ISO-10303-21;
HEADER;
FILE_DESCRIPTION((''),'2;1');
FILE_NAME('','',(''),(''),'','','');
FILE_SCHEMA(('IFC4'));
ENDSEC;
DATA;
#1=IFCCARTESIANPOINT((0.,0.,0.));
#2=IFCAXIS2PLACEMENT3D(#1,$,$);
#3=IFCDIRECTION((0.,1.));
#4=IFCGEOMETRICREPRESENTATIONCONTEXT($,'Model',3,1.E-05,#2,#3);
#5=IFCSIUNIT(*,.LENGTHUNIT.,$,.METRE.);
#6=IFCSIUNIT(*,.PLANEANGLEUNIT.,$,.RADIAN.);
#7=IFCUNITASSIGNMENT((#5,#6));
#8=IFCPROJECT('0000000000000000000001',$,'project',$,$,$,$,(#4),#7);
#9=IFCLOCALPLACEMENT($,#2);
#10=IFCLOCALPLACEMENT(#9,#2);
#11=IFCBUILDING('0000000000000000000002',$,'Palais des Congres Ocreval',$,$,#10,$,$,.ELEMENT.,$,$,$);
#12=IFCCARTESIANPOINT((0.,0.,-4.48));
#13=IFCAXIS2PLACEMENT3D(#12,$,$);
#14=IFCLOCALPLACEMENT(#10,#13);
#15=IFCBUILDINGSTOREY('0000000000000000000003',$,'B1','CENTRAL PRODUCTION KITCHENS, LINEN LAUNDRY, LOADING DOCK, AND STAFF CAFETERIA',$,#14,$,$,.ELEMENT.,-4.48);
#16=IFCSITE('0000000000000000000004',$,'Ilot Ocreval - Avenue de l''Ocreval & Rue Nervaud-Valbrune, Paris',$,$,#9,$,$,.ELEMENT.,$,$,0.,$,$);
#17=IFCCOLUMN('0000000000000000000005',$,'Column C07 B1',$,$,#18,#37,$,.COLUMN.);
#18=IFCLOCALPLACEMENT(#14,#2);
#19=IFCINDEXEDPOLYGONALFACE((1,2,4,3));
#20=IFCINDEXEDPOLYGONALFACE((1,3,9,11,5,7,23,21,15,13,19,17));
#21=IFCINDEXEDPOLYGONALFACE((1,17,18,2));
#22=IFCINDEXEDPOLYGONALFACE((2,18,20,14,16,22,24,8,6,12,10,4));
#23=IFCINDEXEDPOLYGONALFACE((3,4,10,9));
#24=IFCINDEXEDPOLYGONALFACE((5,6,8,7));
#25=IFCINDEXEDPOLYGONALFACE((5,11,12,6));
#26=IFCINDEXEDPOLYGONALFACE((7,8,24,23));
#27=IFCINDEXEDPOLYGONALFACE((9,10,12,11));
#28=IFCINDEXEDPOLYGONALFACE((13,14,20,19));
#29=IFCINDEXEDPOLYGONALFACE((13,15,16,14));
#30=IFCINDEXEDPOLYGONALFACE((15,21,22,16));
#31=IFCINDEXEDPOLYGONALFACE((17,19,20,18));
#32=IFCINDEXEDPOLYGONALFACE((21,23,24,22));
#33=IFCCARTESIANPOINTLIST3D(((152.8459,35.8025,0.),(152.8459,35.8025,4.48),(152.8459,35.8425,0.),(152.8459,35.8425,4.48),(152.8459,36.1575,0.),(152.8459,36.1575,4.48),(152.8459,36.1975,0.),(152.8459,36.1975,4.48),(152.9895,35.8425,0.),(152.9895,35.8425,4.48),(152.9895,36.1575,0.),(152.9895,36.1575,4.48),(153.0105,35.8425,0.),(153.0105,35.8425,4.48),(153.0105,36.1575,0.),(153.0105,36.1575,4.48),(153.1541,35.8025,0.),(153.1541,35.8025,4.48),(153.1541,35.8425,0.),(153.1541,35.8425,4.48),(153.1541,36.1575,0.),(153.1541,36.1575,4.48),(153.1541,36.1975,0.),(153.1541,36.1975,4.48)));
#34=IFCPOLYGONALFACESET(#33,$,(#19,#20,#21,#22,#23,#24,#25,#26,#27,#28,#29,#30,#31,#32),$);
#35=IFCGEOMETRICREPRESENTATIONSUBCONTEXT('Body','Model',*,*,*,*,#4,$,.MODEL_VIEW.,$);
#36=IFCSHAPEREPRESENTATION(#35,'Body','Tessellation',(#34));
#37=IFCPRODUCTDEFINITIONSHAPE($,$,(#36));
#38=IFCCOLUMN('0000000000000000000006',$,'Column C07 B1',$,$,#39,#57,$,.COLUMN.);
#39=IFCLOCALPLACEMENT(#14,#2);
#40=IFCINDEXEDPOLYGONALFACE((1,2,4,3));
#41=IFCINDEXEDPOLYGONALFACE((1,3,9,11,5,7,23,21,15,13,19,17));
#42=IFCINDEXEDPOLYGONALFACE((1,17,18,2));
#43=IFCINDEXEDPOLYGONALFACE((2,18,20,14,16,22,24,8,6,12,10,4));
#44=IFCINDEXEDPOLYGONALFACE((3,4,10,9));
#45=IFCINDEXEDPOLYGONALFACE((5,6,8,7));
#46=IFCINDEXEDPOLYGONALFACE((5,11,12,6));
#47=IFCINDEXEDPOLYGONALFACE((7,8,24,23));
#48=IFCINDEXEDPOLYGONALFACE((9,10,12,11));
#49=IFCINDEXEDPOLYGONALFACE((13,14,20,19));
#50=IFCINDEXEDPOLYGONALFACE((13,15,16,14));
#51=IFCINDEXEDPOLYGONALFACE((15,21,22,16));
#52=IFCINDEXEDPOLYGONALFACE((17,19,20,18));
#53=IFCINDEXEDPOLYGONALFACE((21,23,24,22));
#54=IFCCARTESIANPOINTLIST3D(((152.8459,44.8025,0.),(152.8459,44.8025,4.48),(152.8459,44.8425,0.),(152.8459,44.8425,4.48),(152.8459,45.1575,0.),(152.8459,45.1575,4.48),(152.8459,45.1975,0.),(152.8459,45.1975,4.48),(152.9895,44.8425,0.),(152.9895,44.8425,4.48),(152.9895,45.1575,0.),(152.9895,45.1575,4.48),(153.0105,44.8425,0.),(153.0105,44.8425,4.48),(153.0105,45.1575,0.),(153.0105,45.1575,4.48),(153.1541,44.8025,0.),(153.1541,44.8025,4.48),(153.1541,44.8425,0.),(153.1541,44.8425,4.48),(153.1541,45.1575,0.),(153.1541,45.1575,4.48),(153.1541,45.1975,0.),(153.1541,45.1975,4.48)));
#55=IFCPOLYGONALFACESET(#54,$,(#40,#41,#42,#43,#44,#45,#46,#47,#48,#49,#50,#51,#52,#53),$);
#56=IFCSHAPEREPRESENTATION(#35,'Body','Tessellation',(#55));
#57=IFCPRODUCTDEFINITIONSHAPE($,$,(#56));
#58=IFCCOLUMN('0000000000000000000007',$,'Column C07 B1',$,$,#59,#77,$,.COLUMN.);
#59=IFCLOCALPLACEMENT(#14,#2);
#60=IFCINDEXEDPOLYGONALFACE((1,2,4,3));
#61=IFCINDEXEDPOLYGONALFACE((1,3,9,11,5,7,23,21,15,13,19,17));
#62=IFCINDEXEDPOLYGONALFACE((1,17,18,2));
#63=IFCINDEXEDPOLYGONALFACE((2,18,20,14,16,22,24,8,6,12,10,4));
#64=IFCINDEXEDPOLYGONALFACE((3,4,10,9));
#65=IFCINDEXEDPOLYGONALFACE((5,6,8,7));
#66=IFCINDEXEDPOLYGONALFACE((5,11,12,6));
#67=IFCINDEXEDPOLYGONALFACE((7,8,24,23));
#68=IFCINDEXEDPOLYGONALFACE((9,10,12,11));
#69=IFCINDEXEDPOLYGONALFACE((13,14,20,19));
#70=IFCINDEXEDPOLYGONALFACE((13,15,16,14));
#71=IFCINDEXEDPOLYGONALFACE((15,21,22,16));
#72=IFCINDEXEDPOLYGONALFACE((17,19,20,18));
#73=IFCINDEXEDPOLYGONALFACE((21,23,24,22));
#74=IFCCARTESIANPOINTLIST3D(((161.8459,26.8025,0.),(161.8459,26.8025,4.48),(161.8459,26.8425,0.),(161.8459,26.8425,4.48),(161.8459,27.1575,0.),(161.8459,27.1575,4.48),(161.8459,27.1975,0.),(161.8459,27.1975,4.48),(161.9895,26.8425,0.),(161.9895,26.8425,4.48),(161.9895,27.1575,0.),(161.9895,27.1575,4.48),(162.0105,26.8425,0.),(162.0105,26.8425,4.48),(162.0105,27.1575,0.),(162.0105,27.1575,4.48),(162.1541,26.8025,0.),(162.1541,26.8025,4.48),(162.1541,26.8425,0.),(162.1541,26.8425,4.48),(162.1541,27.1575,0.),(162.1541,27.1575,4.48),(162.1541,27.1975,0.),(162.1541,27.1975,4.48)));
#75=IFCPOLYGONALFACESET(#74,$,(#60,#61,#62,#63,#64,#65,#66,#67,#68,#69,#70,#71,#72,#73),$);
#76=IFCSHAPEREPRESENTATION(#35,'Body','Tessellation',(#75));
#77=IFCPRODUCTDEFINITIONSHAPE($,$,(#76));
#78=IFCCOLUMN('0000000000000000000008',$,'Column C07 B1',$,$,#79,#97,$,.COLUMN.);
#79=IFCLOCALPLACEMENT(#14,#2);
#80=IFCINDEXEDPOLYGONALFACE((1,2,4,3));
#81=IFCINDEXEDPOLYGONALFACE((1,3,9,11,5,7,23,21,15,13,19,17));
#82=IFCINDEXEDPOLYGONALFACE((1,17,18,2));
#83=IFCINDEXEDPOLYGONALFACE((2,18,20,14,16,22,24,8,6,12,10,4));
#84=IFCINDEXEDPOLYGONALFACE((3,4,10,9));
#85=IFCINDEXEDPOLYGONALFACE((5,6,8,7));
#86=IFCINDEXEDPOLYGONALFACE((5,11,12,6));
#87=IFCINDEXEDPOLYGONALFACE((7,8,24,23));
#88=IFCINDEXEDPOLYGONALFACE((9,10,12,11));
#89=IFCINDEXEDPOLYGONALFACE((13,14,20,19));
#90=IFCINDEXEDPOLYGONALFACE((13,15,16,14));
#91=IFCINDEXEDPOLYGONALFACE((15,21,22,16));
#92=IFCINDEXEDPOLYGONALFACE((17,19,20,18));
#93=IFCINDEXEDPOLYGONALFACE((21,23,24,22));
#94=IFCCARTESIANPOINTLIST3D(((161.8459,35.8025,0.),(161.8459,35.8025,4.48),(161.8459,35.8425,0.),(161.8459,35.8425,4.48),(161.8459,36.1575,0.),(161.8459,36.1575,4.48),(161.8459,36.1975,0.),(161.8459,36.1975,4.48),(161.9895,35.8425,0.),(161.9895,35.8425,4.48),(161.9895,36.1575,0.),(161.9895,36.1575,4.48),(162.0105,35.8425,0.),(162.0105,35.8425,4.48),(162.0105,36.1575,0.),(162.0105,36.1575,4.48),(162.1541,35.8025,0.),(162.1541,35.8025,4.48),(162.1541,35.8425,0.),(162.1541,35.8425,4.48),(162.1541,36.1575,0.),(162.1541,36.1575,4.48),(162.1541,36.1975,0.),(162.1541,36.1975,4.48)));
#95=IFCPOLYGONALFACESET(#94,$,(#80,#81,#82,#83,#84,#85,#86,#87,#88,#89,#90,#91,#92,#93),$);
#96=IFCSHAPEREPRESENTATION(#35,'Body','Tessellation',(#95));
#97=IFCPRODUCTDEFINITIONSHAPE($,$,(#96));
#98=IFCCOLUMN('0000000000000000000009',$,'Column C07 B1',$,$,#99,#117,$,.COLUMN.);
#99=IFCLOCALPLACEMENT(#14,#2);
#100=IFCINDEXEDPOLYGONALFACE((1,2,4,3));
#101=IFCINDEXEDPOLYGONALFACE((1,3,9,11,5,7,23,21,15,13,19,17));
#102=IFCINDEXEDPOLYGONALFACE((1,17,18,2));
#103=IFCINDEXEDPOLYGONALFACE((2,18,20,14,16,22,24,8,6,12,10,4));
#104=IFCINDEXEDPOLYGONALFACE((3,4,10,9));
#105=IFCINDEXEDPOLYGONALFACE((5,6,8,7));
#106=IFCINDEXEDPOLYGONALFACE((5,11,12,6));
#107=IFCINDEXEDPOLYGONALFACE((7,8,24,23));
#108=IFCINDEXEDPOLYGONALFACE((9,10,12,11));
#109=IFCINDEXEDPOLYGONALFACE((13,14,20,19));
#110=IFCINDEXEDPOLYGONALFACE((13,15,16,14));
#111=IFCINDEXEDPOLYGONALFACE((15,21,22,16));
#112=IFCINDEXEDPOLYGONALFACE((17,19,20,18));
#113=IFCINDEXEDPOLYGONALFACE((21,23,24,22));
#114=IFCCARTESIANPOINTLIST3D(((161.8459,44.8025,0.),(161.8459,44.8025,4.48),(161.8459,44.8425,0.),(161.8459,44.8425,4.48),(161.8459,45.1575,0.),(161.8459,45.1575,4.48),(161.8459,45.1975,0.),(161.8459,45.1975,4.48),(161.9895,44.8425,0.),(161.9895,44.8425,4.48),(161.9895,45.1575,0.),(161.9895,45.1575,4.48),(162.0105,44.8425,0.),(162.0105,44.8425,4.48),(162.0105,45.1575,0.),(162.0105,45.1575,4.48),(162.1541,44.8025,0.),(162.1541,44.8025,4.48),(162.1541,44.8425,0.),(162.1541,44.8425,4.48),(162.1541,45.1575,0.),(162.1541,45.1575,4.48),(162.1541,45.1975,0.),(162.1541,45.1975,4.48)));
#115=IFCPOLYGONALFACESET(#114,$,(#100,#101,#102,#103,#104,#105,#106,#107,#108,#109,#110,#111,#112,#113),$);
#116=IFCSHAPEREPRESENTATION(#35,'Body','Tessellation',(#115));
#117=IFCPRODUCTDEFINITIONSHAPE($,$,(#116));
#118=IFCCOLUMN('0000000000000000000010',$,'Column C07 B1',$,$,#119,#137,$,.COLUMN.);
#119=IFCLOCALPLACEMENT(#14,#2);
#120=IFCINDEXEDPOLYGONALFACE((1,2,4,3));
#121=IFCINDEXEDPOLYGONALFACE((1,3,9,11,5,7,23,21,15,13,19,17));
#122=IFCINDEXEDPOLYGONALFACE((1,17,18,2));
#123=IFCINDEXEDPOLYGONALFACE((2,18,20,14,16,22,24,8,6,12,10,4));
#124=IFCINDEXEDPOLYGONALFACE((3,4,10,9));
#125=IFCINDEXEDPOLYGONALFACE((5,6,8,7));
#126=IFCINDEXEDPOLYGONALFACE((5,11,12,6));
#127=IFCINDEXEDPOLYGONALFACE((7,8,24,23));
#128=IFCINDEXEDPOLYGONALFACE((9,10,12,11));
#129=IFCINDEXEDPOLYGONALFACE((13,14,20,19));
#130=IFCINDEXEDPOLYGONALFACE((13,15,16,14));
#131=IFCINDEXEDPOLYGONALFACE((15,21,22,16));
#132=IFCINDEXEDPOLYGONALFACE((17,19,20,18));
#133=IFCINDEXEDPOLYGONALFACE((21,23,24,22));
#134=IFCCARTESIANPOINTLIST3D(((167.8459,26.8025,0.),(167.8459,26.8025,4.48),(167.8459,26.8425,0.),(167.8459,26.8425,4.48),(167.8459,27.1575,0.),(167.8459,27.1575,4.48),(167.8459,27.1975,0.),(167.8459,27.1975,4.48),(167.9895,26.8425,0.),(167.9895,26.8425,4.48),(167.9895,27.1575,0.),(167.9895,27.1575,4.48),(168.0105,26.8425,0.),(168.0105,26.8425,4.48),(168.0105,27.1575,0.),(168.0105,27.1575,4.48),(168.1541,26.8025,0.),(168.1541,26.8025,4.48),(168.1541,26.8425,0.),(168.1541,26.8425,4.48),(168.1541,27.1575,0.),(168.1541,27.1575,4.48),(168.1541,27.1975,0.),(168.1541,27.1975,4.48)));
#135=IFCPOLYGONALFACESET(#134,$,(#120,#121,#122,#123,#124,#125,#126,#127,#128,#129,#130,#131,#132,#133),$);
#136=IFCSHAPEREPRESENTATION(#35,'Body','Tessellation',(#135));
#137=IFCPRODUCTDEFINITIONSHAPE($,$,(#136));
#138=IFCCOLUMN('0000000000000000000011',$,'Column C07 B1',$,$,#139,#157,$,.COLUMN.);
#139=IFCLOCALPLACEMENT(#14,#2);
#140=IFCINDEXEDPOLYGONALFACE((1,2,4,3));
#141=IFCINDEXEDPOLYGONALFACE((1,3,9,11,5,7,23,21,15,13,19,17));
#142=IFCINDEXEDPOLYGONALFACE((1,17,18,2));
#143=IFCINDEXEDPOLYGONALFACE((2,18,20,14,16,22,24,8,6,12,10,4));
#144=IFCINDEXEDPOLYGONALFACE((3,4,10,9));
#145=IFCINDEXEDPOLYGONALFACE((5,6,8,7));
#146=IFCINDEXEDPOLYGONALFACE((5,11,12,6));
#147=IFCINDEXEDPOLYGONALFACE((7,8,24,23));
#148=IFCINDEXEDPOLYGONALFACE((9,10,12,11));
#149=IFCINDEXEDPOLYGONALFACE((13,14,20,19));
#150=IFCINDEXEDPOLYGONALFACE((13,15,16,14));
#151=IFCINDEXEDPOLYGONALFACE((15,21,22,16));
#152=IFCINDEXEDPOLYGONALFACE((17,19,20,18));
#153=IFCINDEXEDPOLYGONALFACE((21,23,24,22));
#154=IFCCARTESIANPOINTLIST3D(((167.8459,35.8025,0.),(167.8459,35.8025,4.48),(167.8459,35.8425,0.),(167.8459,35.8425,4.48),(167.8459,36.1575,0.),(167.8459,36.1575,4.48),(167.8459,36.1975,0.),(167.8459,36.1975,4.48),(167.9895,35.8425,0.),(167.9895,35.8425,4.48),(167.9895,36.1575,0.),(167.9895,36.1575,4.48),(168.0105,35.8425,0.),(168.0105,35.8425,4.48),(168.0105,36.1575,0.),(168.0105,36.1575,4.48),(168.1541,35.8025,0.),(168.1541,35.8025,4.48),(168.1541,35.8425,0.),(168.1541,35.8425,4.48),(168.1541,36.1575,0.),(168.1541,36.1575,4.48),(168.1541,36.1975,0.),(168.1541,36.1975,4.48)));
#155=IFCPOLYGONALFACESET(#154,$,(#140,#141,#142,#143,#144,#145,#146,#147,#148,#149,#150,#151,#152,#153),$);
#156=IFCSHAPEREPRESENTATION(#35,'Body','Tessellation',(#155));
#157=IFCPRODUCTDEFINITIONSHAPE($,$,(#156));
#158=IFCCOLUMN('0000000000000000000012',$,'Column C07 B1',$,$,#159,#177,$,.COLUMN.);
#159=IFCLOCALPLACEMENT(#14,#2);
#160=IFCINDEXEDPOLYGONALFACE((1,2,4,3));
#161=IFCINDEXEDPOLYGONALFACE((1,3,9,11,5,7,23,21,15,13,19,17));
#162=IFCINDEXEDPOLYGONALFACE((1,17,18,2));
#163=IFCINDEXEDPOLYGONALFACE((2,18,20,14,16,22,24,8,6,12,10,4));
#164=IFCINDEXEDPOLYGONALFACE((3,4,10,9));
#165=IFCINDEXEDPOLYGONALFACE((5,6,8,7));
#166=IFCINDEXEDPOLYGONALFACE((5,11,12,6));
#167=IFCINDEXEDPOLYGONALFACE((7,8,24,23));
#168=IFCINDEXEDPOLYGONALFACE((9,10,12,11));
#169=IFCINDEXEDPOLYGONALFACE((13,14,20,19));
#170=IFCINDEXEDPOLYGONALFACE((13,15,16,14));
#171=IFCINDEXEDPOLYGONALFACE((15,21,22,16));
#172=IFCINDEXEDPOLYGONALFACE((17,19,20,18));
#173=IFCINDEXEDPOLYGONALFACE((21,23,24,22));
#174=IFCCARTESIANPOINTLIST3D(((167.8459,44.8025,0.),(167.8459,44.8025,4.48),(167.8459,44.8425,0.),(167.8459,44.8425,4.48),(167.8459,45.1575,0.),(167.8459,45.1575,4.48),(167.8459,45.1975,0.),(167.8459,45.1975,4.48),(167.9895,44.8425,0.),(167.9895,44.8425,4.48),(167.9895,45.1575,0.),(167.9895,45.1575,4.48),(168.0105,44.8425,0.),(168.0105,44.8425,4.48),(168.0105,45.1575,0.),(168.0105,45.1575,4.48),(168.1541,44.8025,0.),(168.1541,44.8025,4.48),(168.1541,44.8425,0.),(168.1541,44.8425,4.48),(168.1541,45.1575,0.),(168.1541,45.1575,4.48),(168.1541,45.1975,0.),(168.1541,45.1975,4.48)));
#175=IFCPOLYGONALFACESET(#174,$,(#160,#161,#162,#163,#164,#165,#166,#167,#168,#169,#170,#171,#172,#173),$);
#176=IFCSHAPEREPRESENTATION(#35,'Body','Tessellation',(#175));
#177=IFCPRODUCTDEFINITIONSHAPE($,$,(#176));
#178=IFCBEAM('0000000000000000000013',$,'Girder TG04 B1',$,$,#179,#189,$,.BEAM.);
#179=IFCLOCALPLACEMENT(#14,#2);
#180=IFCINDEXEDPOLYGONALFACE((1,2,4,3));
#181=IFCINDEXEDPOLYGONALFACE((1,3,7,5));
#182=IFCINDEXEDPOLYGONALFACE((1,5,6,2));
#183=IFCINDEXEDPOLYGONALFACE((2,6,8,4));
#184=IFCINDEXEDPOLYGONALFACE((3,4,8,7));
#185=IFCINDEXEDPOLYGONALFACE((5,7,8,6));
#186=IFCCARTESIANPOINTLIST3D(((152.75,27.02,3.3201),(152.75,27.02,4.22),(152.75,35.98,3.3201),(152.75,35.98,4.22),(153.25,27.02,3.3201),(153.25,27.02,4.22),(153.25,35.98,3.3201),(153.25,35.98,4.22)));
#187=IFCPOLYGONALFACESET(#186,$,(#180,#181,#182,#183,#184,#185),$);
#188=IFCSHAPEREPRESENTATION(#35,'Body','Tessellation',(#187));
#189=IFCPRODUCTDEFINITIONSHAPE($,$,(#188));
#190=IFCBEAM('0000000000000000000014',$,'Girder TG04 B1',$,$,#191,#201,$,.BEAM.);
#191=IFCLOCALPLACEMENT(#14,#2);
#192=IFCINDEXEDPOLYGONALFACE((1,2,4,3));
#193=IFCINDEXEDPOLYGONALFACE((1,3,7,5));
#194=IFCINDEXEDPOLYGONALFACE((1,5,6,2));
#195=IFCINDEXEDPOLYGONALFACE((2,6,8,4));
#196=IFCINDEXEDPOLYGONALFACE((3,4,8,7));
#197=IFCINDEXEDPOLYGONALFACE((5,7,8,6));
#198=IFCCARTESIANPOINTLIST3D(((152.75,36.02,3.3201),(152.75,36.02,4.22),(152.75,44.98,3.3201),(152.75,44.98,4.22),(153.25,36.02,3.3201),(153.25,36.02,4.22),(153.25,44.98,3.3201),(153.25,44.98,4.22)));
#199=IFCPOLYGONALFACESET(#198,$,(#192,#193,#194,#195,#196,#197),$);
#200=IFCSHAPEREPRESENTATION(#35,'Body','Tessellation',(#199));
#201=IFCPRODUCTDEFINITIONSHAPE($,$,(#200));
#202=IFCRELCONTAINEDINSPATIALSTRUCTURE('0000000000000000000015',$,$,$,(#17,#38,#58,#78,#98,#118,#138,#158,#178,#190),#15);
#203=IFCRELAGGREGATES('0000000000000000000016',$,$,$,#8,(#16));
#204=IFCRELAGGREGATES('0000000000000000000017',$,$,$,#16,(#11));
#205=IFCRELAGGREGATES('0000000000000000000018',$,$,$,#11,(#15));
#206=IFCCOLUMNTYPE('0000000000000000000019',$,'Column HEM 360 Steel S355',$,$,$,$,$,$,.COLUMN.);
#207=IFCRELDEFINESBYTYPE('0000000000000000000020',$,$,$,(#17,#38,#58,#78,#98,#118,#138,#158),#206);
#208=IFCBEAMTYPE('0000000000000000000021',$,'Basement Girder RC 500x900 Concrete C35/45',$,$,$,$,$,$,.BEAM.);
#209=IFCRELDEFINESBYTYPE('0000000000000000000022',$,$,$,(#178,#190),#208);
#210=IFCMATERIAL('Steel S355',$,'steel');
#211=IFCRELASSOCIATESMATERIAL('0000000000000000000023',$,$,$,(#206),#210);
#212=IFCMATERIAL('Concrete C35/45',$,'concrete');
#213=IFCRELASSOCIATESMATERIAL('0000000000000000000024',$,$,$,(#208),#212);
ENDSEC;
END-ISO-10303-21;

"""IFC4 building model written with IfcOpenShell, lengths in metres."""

from ifc_helpers import new_model, si_unit, direction, frame, origin, origin_2d, place, context, subcontext, project, spatial, rectangle, i_section, extrude, material, material_profile, profile_set, type_object, element, save


model = new_model("IFC4")

# Units and contexts
model_context = context("Model", 3, precision=1e-05, world=origin(), true_north=direction((0.0, 1.0)))
body_context = subcontext(model_context, "Body", "Model", "MODEL_VIEW")
ifc_project = project(units=[si_unit("LENGTHUNIT", "METRE"), si_unit("PLANEANGLEUNIT", "RADIAN")], contexts=[model_context])

# Site, building, storey
site_placement = place(None, origin())
site = spatial("IfcSite", under=ifc_project, at=site_placement, Name="Ilot Ocreval - Avenue de l'Ocreval & Rue Nervaud-Valbrune, Paris", CompositionType="ELEMENT", RefElevation=0.0)
building_placement = place(site_placement, origin())
building = spatial("IfcBuilding", under=site, at=building_placement, Name="Palais des Congres Ocreval", CompositionType="ELEMENT")
storey_placement = place(building_placement, frame((0.0, 0.0, -4.48)))
storey = spatial("IfcBuildingStorey", under=building, at=storey_placement, Name="B1", Description="CENTRAL PRODUCTION KITCHENS, LINEN LAUNDRY, LOADING DOCK, AND STAFF CAFETERIA", CompositionType="ELEMENT", Elevation=-4.48)

# Columns
ifc_material_1 = material(Name="Steel S355", Category="steel")
ifc_material_profile_1 = material_profile(ifc_material_1, i_section(OverallWidth=0.3081, OverallDepth=0.395, WebThickness=0.021, FlangeThickness=0.04, at=origin_2d()), Name="HEM 360")
ifc_profile_set_1 = profile_set([ifc_material_profile_1], Name="Steel S355")
column_type = type_object("IfcColumnType", Name="Column HEM 360 Steel S355", PredefinedType="COLUMN", material=ifc_profile_set_1)
for number, where, z_axis, x_axis, name in (
    (1, (153.0, 36.0, 0.0), (0.0, 0.0, 1.0), (1.0, 0.0, 0.0), "Column C07 B1"),
    (2, (153.0, 45.0, 0.0), (0.0, 0.0, 1.0), (1.0, 0.0, 0.0), "Column C07 B1"),
    (3, (162.0, 27.0, 0.0), (0.0, 0.0, 1.0), (1.0, 0.0, 0.0), "Column C07 B1"),
    (4, (162.0, 36.0, 0.0), (0.0, 0.0, 1.0), (1.0, 0.0, 0.0), "Column C07 B1"),
    (5, (162.0, 45.0, 0.0), (0.0, 0.0, 1.0), (1.0, 0.0, 0.0), "Column C07 B1"),
    (6, (168.0, 27.0, 0.0), (0.0, 0.0, 1.0), (1.0, 0.0, 0.0), "Column C07 B1"),
    (7, (168.0, 36.0, 0.0), (0.0, 0.0, 1.0), (1.0, 0.0, 0.0), "Column C07 B1"),
    (8, (168.0, 45.0, 0.0), (0.0, 0.0, 1.0), (1.0, 0.0, 0.0), "Column C07 B1"),
):
    element("IfcColumn", number, at=place(storey_placement, frame(where, z_axis=z_axis, x_axis=x_axis)), inside=storey, type_object=column_type, Name=name, PredefinedType="COLUMN", context=body_context, shape_type="SweptSolid", body=[
        extrude(i_section(OverallWidth=0.3081, OverallDepth=0.395, WebThickness=0.021, FlangeThickness=0.04, at=origin_2d()), origin(), (0.0, 0.0, 1.0), 4.48),
    ])

# Beams
ifc_material_2 = material(Name="Concrete C35/45", Category="concrete")
ifc_material_profile_2 = material_profile(ifc_material_2, rectangle(XDim=0.5, YDim=0.8999, at=origin_2d()), Name="RC 500x900")
ifc_profile_set_2 = profile_set([ifc_material_profile_2], Name="Concrete C35/45")
beam_type_1 = type_object("IfcBeamType", Name="Basement Girder RC 500x900 Concrete C35/45", PredefinedType="BEAM", material=ifc_profile_set_2)
for number, where, z_axis, x_axis, name in (
    (9, (153.0, 27.02, 3.77), (0.0, 1.0, 0.0), (-1.0, 0.0, 0.0), "Girder TG04 B1"),
    (10, (153.0, 36.02, 3.77), (0.0, 1.0, 0.0), (-1.0, 0.0, 0.0), "Girder TG04 B1"),
):
    element("IfcBeam", number, at=place(storey_placement, frame(where, z_axis=z_axis, x_axis=x_axis)), inside=storey, type_object=beam_type_1, Name=name, PredefinedType="BEAM", context=body_context, shape_type="SweptSolid", body=[
        extrude(rectangle(XDim=0.5, YDim=0.8999, at=origin_2d()), origin(), (0.0, 0.0, 1.0), 8.96),
    ])

save(model, "model.ifc")
